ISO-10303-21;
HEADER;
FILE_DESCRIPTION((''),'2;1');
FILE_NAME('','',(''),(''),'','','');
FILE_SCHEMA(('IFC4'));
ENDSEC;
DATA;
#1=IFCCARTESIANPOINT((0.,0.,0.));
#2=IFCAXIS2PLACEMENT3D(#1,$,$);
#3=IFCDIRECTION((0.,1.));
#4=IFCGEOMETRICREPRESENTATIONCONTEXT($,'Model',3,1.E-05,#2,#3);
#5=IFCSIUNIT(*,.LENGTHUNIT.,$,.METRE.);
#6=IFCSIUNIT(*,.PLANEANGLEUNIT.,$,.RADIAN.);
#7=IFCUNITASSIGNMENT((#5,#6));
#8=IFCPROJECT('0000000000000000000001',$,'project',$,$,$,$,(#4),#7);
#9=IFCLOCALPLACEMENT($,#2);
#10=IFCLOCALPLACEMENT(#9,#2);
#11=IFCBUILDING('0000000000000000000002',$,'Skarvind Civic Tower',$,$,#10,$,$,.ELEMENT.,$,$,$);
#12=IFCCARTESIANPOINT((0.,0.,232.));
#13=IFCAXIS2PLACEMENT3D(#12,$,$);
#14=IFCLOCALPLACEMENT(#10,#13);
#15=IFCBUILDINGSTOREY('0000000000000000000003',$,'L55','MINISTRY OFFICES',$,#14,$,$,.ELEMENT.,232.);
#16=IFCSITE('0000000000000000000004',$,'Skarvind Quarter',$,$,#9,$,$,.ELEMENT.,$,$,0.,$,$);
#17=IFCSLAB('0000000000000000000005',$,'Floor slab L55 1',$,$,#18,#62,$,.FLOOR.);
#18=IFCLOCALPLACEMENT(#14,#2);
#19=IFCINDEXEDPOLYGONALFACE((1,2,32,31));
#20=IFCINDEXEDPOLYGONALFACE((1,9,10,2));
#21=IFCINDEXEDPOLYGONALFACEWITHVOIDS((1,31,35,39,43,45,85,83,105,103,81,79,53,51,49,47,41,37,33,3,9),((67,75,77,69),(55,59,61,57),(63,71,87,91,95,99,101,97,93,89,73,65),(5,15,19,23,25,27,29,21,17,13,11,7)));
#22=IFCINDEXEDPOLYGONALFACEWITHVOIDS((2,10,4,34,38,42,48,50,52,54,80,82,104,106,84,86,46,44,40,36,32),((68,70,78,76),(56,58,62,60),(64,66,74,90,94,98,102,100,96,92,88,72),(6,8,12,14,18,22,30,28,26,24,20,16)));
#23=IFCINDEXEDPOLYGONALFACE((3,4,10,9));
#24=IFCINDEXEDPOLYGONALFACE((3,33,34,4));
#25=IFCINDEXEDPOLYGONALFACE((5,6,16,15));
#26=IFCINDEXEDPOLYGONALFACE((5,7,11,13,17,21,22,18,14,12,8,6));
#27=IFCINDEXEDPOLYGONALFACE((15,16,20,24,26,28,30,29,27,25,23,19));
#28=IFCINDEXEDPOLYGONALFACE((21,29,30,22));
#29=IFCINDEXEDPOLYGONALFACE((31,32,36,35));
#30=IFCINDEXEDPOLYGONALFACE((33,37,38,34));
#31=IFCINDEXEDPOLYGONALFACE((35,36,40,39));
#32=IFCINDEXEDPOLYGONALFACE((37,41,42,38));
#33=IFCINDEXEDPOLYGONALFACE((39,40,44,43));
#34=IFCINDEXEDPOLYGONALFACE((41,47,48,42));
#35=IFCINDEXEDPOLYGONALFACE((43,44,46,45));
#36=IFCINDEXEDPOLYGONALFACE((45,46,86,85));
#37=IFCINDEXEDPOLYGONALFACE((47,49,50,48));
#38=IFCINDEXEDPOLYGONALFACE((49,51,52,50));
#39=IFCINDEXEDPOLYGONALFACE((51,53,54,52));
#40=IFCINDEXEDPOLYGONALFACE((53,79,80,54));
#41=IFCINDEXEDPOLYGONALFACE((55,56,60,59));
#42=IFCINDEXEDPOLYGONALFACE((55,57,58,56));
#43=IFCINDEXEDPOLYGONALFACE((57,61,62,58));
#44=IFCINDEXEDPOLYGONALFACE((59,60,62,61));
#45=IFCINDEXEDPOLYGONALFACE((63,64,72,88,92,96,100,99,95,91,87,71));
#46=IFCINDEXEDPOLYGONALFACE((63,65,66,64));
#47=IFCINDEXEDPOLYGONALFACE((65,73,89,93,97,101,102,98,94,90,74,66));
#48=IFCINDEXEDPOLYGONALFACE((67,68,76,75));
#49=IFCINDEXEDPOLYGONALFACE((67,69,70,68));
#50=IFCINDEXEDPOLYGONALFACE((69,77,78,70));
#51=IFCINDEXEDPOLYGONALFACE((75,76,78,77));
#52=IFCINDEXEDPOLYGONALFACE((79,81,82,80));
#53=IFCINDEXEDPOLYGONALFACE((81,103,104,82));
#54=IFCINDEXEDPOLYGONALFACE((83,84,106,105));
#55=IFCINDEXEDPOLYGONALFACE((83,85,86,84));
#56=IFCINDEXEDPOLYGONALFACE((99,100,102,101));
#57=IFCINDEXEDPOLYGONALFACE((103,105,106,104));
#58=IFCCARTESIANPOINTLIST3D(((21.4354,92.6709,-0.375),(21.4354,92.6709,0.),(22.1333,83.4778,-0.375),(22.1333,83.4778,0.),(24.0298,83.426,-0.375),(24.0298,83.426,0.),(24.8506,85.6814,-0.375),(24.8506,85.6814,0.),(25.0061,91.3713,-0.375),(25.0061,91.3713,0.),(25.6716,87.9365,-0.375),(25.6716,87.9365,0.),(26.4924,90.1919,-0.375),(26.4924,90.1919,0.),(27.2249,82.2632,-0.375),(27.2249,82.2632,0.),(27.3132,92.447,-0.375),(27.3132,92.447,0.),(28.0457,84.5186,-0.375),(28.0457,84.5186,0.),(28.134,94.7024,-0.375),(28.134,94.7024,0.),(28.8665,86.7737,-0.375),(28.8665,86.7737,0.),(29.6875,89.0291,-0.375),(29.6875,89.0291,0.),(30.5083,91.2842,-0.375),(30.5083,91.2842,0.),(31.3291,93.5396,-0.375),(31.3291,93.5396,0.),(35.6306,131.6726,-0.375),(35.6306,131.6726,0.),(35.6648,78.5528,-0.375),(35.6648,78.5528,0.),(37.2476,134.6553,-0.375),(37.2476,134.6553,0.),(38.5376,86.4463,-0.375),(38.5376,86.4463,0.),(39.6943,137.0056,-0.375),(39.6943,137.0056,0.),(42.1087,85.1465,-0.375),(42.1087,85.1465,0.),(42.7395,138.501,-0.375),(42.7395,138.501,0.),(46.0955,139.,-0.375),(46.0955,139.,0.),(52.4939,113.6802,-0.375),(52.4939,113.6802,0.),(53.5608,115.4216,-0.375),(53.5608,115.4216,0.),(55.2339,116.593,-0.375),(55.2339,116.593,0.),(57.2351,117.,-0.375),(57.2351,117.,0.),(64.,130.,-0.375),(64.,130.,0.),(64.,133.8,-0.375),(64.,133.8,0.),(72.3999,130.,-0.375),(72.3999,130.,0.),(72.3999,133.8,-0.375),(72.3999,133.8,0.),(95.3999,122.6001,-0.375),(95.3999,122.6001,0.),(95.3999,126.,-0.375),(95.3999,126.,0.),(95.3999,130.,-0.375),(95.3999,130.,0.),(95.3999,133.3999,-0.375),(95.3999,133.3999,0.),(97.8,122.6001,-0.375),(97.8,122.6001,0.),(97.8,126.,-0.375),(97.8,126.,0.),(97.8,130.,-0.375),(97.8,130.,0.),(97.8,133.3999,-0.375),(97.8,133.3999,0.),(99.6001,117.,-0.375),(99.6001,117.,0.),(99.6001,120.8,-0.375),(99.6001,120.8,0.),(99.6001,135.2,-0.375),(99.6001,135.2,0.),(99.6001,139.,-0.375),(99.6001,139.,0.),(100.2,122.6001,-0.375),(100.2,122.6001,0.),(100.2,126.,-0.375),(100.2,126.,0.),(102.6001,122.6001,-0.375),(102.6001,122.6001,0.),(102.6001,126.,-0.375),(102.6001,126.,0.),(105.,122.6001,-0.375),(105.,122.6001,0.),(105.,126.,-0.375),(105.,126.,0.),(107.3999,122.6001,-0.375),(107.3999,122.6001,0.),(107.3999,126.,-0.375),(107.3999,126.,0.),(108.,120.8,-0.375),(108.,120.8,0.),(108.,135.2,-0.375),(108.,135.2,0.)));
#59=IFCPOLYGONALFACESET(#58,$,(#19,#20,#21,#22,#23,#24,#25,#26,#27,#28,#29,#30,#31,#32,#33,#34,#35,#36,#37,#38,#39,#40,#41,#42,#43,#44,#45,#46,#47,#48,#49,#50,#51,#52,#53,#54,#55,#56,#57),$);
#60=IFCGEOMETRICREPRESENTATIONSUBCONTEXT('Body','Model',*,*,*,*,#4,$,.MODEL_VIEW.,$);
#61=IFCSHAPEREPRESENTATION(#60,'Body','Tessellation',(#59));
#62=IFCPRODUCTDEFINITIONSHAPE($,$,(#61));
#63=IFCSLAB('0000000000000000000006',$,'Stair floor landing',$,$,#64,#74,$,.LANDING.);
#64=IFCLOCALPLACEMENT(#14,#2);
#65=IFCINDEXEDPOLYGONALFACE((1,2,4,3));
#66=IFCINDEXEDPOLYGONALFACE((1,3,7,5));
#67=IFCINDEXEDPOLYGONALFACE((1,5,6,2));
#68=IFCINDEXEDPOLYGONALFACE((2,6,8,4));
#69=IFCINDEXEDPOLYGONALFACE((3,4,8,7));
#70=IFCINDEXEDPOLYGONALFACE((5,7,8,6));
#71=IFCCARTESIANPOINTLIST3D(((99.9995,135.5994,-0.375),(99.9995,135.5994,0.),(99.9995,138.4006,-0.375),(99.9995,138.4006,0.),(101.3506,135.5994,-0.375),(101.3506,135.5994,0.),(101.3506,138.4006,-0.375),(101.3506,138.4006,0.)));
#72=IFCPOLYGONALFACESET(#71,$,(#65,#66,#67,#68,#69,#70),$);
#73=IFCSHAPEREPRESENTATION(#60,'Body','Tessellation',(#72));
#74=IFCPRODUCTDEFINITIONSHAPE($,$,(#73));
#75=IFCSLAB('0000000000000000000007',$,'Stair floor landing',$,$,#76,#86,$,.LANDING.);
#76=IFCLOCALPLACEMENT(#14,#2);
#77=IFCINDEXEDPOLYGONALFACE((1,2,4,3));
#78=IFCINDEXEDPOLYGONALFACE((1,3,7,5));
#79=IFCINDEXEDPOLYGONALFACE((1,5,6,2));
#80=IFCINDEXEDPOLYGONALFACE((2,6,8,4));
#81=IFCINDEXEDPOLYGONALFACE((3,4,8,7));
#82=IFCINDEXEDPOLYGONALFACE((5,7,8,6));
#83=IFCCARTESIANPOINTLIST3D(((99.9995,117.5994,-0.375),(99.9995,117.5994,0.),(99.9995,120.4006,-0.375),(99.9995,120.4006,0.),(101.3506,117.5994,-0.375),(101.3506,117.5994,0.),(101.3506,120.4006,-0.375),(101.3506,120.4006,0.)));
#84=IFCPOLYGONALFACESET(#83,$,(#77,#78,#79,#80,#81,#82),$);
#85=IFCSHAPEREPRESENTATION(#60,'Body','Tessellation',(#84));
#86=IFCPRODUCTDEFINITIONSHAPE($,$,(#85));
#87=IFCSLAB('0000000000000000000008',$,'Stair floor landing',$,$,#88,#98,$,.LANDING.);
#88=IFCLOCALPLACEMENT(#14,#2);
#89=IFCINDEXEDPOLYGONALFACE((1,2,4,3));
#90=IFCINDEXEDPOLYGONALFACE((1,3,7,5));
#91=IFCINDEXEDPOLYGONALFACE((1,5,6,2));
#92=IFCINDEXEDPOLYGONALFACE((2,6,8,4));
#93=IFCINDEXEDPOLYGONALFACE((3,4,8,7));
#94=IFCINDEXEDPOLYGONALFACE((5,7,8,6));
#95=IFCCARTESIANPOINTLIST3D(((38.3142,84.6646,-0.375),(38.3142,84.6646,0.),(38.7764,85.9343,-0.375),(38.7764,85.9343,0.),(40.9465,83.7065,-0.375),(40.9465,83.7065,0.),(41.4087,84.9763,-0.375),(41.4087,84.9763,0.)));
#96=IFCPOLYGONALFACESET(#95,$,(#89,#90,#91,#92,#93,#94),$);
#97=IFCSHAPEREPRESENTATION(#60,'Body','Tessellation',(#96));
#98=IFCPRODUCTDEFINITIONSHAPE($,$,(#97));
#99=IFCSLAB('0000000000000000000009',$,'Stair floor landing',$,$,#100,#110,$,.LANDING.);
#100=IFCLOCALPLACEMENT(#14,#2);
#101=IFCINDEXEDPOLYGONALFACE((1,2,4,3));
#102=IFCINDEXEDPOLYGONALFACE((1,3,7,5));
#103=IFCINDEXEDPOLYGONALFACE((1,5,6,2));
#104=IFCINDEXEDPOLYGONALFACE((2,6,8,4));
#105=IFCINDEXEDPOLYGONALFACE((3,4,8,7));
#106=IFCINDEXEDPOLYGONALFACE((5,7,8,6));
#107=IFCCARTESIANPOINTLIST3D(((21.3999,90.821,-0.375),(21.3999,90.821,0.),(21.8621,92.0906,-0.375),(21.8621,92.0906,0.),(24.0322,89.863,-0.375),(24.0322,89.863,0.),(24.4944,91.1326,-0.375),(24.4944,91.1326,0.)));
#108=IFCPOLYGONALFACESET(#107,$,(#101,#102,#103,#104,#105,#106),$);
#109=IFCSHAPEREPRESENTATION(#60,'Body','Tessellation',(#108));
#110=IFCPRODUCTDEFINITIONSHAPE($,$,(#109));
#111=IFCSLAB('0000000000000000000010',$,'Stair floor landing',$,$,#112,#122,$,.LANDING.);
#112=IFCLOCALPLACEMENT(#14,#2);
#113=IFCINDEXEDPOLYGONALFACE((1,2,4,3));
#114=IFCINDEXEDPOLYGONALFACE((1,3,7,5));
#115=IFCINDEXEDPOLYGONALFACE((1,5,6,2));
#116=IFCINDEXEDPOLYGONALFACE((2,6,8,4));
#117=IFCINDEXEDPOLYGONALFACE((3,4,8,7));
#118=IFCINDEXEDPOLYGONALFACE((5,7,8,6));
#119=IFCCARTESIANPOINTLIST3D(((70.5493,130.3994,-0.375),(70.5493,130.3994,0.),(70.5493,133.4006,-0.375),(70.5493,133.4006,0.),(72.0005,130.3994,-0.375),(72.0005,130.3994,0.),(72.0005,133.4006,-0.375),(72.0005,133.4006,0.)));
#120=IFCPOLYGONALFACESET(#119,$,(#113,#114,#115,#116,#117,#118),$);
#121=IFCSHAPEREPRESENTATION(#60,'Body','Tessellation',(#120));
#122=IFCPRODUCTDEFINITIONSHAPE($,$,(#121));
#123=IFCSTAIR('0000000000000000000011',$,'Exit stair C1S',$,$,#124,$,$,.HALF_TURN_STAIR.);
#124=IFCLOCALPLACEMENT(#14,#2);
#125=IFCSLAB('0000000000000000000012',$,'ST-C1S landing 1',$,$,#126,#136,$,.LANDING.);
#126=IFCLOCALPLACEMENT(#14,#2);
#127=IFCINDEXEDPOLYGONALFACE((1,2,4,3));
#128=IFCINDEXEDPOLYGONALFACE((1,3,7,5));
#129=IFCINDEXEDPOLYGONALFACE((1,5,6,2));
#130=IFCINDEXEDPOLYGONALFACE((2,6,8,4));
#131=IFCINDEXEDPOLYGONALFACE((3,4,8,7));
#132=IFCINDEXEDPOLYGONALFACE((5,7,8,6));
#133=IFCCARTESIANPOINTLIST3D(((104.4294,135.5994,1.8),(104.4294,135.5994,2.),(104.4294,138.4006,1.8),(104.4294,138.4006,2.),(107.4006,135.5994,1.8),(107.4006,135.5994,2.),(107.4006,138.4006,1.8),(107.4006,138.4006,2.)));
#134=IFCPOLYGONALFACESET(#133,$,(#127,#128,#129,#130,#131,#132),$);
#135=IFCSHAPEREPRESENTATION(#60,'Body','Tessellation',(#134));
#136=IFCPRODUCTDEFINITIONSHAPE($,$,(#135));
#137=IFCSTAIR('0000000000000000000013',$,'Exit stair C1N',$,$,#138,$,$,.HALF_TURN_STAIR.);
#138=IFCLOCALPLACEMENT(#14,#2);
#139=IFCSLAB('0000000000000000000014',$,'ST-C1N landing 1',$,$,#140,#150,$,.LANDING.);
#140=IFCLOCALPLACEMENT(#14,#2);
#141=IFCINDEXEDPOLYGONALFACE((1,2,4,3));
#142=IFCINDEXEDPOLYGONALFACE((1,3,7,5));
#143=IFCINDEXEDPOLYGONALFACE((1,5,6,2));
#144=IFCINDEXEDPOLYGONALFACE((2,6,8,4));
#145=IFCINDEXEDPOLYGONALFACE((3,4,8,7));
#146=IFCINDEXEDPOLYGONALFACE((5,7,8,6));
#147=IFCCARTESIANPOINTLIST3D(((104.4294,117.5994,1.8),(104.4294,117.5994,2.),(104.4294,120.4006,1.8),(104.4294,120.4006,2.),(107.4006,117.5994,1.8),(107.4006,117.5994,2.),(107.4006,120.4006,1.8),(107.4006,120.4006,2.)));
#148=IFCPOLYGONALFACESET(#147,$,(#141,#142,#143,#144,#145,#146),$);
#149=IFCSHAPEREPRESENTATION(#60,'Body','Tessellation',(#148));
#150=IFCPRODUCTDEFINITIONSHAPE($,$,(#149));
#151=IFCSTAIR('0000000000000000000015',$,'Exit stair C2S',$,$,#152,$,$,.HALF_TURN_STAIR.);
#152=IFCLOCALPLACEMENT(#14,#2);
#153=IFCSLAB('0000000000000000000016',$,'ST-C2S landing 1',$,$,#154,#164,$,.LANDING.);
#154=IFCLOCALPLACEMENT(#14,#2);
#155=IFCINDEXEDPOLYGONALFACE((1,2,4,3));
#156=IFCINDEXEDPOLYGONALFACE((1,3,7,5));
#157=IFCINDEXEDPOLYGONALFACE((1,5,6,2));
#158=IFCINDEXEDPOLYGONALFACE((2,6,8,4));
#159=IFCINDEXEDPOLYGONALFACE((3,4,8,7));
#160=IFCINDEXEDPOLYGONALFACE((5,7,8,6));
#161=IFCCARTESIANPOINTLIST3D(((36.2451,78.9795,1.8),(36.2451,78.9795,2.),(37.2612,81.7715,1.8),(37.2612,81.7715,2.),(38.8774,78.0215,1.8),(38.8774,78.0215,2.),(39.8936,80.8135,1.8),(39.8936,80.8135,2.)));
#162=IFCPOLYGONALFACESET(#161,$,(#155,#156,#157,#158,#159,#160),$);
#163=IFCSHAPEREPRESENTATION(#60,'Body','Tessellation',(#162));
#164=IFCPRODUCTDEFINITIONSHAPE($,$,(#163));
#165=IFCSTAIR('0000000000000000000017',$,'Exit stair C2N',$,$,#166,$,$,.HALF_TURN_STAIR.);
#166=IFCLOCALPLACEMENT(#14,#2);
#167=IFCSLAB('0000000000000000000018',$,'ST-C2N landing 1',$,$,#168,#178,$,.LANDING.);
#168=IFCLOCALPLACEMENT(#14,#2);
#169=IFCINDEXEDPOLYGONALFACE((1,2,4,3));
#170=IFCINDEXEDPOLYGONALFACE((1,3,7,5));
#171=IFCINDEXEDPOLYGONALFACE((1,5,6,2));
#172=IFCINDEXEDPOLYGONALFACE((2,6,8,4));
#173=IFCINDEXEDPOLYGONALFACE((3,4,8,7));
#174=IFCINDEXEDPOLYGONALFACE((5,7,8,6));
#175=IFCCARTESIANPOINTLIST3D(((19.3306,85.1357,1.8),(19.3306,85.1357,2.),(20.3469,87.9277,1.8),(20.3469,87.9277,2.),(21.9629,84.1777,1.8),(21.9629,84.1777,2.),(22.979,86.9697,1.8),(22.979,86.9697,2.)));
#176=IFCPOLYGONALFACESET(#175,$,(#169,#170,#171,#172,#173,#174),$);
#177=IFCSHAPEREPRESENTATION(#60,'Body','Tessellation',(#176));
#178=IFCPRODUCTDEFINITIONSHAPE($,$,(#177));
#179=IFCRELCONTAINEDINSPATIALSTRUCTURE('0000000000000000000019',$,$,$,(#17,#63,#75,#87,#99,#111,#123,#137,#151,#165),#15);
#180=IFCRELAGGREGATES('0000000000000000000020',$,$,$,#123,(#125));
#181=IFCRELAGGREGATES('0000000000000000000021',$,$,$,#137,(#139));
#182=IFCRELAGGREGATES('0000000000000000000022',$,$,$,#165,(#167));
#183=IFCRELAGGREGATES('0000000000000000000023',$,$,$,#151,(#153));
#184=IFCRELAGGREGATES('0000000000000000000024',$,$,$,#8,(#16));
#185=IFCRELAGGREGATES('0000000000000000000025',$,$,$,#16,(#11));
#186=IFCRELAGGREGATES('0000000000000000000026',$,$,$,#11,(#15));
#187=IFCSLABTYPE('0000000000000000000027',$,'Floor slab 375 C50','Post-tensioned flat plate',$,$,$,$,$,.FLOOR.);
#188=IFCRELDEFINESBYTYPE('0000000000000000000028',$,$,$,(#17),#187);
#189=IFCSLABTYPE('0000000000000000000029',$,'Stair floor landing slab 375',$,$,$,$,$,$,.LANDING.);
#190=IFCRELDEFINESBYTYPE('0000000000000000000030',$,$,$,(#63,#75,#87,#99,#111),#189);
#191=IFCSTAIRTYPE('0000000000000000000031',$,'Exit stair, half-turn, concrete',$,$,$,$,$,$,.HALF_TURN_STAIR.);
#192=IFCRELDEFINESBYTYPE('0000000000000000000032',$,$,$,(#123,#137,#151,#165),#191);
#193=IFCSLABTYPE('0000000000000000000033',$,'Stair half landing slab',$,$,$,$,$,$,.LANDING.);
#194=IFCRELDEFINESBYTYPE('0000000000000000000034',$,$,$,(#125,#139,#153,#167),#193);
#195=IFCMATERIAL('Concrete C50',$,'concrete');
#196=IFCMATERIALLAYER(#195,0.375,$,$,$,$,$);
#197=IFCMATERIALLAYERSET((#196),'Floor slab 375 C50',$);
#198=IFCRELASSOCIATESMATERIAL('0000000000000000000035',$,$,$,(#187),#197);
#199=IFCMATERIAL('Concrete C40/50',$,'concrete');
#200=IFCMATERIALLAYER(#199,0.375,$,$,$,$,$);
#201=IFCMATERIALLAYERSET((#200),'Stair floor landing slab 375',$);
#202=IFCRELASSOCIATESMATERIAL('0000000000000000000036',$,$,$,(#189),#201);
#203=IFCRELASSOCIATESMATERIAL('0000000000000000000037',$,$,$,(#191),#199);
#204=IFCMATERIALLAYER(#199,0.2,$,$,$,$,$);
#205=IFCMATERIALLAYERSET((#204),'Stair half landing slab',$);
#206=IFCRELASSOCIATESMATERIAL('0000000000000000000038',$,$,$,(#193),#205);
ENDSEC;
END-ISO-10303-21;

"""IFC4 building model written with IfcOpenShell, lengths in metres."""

from ifc_helpers import new_model, si_unit, direction, frame, origin, place, context, subcontext, project, spatial, polyline, outline, extrude, material, layer, layer_set, type_object, element, aggregate, save


model = new_model("IFC4")

# Units and contexts
model_context = context("Model", 3, precision=1e-05, world=origin(), true_north=direction((0.0, 1.0)))
body_context = subcontext(model_context, "Body", "Model", "MODEL_VIEW")
ifc_project = project(units=[si_unit("LENGTHUNIT", "METRE"), si_unit("PLANEANGLEUNIT", "RADIAN")], contexts=[model_context])

# Site, building, storey
site_placement = place(None, origin())
site = spatial("IfcSite", under=ifc_project, at=site_placement, Name="Skarvind Quarter", CompositionType="ELEMENT", RefElevation=0.0)
building_placement = place(site_placement, origin())
building = spatial("IfcBuilding", under=site, at=building_placement, Name="Skarvind Civic Tower", CompositionType="ELEMENT")
storey_placement = place(building_placement, frame((0.0, 0.0, 232.0)))
storey = spatial("IfcBuildingStorey", under=building, at=storey_placement, Name="L55", Description="MINISTRY OFFICES", CompositionType="ELEMENT", Elevation=232.0)

# Slabs
ifc_material_1 = material(Name="Concrete C50", Category="concrete")
ifc_layer_1 = layer(ifc_material_1, 0.375)
ifc_layer_set_1 = layer_set([ifc_layer_1], Name="Floor slab 375 C50")
slab_type_1 = type_object("IfcSlabType", Name="Floor slab 375 C50", Description="Post-tensioned flat plate", PredefinedType="FLOOR", material=ifc_layer_set_1)
slab_1_placement = place(storey_placement, frame((0.0, 0.0, -0.375)))
element("IfcSlab", 1, at=slab_1_placement, inside=storey, type_object=slab_type_1, Name="Floor slab L55 1", PredefinedType="FLOOR", context=body_context, shape_type="SweptSolid", body=[
    extrude(outline(polyline([(99.6001, 117.0), (99.6001, 120.8), (108.0, 120.8), (108.0, 135.2), (99.6001, 135.2), (99.6001, 139.0), (46.0955, 139.0), (42.7395, 138.501), (39.6943, 137.0056), (37.2476, 134.6553), (35.6306, 131.6726), (19.4175, 87.1267), (21.4353, 92.6709), (25.0061, 91.3713), (22.1333, 83.4778), (36.8865, 78.1082), (35.6648, 78.5527), (38.5376, 86.4463), (42.1086, 85.1465), (40.0908, 79.6023), (40.0908, 79.6023), (52.4939, 113.6802), (53.5608, 115.4216), (55.2339, 116.593), (57.2351, 117.0), (99.6001, 117.0)]), holes=[polyline([(25.6716, 87.9365), (26.4924, 90.1919), (27.3132, 92.447), (28.134, 94.7024), (31.3291, 93.5396), (30.5083, 91.2842), (29.6875, 89.0291), (28.8665, 86.7737), (28.8665, 86.7737), (28.0457, 84.5186), (27.2249, 82.2632), (24.0298, 83.426), (24.8506, 85.6814), (25.6716, 87.9365), (25.6716, 87.9365)]), polyline([(64.0, 130.0), (64.0, 133.8), (72.3999, 133.8), (72.3999, 130.0), (64.0, 130.0)]), polyline([(97.8, 126.0), (100.2, 126.0), (102.6001, 126.0), (105.0, 126.0), (107.3999, 126.0), (107.3999, 122.6001), (105.0, 122.6001), (102.6001, 122.6001), (100.2, 122.6001), (97.8, 122.6001), (95.3999, 122.6001), (95.3999, 126.0), (97.8, 126.0)]), polyline([(97.8, 133.3999), (97.8, 130.0), (95.3999, 130.0), (95.3999, 133.3999), (97.8, 133.3999)])]), origin(), (0.0, 0.0, 1.0), 0.375),
])
ifc_material_2 = material(Name="Concrete C40/50", Category="concrete")
ifc_layer_2 = layer(ifc_material_2, 0.375)
ifc_layer_set_2 = layer_set([ifc_layer_2], Name="Stair floor landing slab 375")
slab_type_2 = type_object("IfcSlabType", Name="Stair floor landing slab 375", PredefinedType="LANDING", material=ifc_layer_set_2)
slab_2_placement = place(storey_placement, frame((0.0, 0.0, -0.375)))
element("IfcSlab", 2, at=slab_2_placement, inside=storey, type_object=slab_type_2, Name="Stair floor landing", PredefinedType="LANDING", context=body_context, shape_type="SweptSolid", body=[
    extrude(outline(polyline([(101.3506, 138.4006), (101.3506, 135.5994), (99.9995, 135.5994), (99.9995, 138.4006), (101.3506, 138.4006)])), origin(), (0.0, 0.0, 1.0), 0.375),
])
slab_3_placement = place(storey_placement, frame((0.0, 0.0, -0.375)))
element("IfcSlab", 3, at=slab_3_placement, inside=storey, type_object=slab_type_2, Name="Stair floor landing", PredefinedType="LANDING", context=body_context, shape_type="SweptSolid", body=[
    extrude(outline(polyline([(101.3506, 120.4006), (101.3506, 117.5994), (99.9995, 117.5994), (99.9995, 120.4006), (101.3506, 120.4006)])), origin(), (0.0, 0.0, 1.0), 0.375),
])
slab_4_placement = place(storey_placement, frame((0.0, 0.0, -0.375)))
element("IfcSlab", 4, at=slab_4_placement, inside=storey, type_object=slab_type_2, Name="Stair floor landing", PredefinedType="LANDING", context=body_context, shape_type="SweptSolid", body=[
    extrude(outline(polyline([(40.9465, 83.7065), (38.3142, 84.6646), (38.7764, 85.9343), (41.4087, 84.9763), (40.9465, 83.7065)])), origin(), (0.0, 0.0, 1.0), 0.375),
])
slab_5_placement = place(storey_placement, frame((0.0, 0.0, -0.375)))
element("IfcSlab", 5, at=slab_5_placement, inside=storey, type_object=slab_type_2, Name="Stair floor landing", PredefinedType="LANDING", context=body_context, shape_type="SweptSolid", body=[
    extrude(outline(polyline([(24.0322, 89.863), (21.3999, 90.821), (21.8621, 92.0906), (24.4944, 91.1326), (24.0322, 89.863)])), origin(), (0.0, 0.0, 1.0), 0.375),
])
slab_6_placement = place(storey_placement, frame((0.0, 0.0, -0.375)))
element("IfcSlab", 6, at=slab_6_placement, inside=storey, type_object=slab_type_2, Name="Stair floor landing", PredefinedType="LANDING", context=body_context, shape_type="SweptSolid", body=[
    extrude(outline(polyline([(70.5493, 130.3994), (70.5493, 133.4006), (72.0005, 133.4006), (72.0005, 130.3994), (70.5493, 130.3994)])), origin(), (0.0, 0.0, 1.0), 0.375),
])

# Stairs, slabs
stair_type_1 = type_object("IfcStairType", Name="Exit stair, half-turn, concrete", PredefinedType="HALF_TURN_STAIR", material=ifc_material_2)
stair_1_placement = place(storey_placement, origin())
stair_1 = element("IfcStair", 7, at=stair_1_placement, inside=storey, type_object=stair_type_1, Name="Exit stair C1S", PredefinedType="HALF_TURN_STAIR")
ifc_layer_3 = layer(ifc_material_2, 0.2)
ifc_layer_set_3 = layer_set([ifc_layer_3], Name="Stair half landing slab")
slab_type_3 = type_object("IfcSlabType", Name="Stair half landing slab", PredefinedType="LANDING", material=ifc_layer_set_3)
slab_7_placement = place(storey_placement, frame((0.0, 0.0, 1.8)))
slab_7 = element("IfcSlab", 8, at=slab_7_placement, type_object=slab_type_3, Name="ST-C1S landing 1", PredefinedType="LANDING", context=body_context, shape_type="SweptSolid", body=[
    extrude(outline(polyline([(104.4294, 135.5994), (104.4294, 138.4006), (107.4006, 138.4006), (107.4006, 135.5994), (104.4294, 135.5994)])), origin(), (0.0, 0.0, 1.0), 0.2),
])
aggregate(stair_1, [slab_7])
stair_2_placement = place(storey_placement, origin())
stair_2 = element("IfcStair", 9, at=stair_2_placement, inside=storey, type_object=stair_type_1, Name="Exit stair C1N", PredefinedType="HALF_TURN_STAIR")
slab_8_placement = place(storey_placement, frame((0.0, 0.0, 1.8)))
slab_8 = element("IfcSlab", 10, at=slab_8_placement, type_object=slab_type_3, Name="ST-C1N landing 1", PredefinedType="LANDING", context=body_context, shape_type="SweptSolid", body=[
    extrude(outline(polyline([(104.4294, 117.5994), (104.4294, 120.4006), (107.4006, 120.4006), (107.4006, 117.5994), (104.4294, 117.5994)])), origin(), (0.0, 0.0, 1.0), 0.2),
])
aggregate(stair_2, [slab_8])
stair_3_placement = place(storey_placement, origin())
stair_3 = element("IfcStair", 11, at=stair_3_placement, inside=storey, type_object=stair_type_1, Name="Exit stair C2S", PredefinedType="HALF_TURN_STAIR")
slab_9_placement = place(storey_placement, frame((0.0, 0.0, 1.8)))
slab_9 = element("IfcSlab", 12, at=slab_9_placement, type_object=slab_type_3, Name="ST-C2S landing 1", PredefinedType="LANDING", context=body_context, shape_type="SweptSolid", body=[
    extrude(outline(polyline([(37.2612, 81.7715), (39.8936, 80.8135), (38.8774, 78.0215), (36.2451, 78.9795), (37.2612, 81.7715)])), origin(), (0.0, 0.0, 1.0), 0.2),
])
stair_4_placement = place(storey_placement, origin())
stair_4 = element("IfcStair", 13, at=stair_4_placement, inside=storey, type_object=stair_type_1, Name="Exit stair C2N", PredefinedType="HALF_TURN_STAIR")
slab_10_placement = place(storey_placement, frame((0.0, 0.0, 1.8)))
slab_10 = element("IfcSlab", 14, at=slab_10_placement, type_object=slab_type_3, Name="ST-C2N landing 1", PredefinedType="LANDING", context=body_context, shape_type="SweptSolid", body=[
    extrude(outline(polyline([(20.3469, 87.9277), (22.979, 86.9697), (21.9629, 84.1777), (19.3306, 85.1357), (20.3469, 87.9277)])), origin(), (0.0, 0.0, 1.0), 0.2),
])
aggregate(stair_4, [slab_10])

aggregate(stair_3, [slab_9])

save(model, "model.ifc")
